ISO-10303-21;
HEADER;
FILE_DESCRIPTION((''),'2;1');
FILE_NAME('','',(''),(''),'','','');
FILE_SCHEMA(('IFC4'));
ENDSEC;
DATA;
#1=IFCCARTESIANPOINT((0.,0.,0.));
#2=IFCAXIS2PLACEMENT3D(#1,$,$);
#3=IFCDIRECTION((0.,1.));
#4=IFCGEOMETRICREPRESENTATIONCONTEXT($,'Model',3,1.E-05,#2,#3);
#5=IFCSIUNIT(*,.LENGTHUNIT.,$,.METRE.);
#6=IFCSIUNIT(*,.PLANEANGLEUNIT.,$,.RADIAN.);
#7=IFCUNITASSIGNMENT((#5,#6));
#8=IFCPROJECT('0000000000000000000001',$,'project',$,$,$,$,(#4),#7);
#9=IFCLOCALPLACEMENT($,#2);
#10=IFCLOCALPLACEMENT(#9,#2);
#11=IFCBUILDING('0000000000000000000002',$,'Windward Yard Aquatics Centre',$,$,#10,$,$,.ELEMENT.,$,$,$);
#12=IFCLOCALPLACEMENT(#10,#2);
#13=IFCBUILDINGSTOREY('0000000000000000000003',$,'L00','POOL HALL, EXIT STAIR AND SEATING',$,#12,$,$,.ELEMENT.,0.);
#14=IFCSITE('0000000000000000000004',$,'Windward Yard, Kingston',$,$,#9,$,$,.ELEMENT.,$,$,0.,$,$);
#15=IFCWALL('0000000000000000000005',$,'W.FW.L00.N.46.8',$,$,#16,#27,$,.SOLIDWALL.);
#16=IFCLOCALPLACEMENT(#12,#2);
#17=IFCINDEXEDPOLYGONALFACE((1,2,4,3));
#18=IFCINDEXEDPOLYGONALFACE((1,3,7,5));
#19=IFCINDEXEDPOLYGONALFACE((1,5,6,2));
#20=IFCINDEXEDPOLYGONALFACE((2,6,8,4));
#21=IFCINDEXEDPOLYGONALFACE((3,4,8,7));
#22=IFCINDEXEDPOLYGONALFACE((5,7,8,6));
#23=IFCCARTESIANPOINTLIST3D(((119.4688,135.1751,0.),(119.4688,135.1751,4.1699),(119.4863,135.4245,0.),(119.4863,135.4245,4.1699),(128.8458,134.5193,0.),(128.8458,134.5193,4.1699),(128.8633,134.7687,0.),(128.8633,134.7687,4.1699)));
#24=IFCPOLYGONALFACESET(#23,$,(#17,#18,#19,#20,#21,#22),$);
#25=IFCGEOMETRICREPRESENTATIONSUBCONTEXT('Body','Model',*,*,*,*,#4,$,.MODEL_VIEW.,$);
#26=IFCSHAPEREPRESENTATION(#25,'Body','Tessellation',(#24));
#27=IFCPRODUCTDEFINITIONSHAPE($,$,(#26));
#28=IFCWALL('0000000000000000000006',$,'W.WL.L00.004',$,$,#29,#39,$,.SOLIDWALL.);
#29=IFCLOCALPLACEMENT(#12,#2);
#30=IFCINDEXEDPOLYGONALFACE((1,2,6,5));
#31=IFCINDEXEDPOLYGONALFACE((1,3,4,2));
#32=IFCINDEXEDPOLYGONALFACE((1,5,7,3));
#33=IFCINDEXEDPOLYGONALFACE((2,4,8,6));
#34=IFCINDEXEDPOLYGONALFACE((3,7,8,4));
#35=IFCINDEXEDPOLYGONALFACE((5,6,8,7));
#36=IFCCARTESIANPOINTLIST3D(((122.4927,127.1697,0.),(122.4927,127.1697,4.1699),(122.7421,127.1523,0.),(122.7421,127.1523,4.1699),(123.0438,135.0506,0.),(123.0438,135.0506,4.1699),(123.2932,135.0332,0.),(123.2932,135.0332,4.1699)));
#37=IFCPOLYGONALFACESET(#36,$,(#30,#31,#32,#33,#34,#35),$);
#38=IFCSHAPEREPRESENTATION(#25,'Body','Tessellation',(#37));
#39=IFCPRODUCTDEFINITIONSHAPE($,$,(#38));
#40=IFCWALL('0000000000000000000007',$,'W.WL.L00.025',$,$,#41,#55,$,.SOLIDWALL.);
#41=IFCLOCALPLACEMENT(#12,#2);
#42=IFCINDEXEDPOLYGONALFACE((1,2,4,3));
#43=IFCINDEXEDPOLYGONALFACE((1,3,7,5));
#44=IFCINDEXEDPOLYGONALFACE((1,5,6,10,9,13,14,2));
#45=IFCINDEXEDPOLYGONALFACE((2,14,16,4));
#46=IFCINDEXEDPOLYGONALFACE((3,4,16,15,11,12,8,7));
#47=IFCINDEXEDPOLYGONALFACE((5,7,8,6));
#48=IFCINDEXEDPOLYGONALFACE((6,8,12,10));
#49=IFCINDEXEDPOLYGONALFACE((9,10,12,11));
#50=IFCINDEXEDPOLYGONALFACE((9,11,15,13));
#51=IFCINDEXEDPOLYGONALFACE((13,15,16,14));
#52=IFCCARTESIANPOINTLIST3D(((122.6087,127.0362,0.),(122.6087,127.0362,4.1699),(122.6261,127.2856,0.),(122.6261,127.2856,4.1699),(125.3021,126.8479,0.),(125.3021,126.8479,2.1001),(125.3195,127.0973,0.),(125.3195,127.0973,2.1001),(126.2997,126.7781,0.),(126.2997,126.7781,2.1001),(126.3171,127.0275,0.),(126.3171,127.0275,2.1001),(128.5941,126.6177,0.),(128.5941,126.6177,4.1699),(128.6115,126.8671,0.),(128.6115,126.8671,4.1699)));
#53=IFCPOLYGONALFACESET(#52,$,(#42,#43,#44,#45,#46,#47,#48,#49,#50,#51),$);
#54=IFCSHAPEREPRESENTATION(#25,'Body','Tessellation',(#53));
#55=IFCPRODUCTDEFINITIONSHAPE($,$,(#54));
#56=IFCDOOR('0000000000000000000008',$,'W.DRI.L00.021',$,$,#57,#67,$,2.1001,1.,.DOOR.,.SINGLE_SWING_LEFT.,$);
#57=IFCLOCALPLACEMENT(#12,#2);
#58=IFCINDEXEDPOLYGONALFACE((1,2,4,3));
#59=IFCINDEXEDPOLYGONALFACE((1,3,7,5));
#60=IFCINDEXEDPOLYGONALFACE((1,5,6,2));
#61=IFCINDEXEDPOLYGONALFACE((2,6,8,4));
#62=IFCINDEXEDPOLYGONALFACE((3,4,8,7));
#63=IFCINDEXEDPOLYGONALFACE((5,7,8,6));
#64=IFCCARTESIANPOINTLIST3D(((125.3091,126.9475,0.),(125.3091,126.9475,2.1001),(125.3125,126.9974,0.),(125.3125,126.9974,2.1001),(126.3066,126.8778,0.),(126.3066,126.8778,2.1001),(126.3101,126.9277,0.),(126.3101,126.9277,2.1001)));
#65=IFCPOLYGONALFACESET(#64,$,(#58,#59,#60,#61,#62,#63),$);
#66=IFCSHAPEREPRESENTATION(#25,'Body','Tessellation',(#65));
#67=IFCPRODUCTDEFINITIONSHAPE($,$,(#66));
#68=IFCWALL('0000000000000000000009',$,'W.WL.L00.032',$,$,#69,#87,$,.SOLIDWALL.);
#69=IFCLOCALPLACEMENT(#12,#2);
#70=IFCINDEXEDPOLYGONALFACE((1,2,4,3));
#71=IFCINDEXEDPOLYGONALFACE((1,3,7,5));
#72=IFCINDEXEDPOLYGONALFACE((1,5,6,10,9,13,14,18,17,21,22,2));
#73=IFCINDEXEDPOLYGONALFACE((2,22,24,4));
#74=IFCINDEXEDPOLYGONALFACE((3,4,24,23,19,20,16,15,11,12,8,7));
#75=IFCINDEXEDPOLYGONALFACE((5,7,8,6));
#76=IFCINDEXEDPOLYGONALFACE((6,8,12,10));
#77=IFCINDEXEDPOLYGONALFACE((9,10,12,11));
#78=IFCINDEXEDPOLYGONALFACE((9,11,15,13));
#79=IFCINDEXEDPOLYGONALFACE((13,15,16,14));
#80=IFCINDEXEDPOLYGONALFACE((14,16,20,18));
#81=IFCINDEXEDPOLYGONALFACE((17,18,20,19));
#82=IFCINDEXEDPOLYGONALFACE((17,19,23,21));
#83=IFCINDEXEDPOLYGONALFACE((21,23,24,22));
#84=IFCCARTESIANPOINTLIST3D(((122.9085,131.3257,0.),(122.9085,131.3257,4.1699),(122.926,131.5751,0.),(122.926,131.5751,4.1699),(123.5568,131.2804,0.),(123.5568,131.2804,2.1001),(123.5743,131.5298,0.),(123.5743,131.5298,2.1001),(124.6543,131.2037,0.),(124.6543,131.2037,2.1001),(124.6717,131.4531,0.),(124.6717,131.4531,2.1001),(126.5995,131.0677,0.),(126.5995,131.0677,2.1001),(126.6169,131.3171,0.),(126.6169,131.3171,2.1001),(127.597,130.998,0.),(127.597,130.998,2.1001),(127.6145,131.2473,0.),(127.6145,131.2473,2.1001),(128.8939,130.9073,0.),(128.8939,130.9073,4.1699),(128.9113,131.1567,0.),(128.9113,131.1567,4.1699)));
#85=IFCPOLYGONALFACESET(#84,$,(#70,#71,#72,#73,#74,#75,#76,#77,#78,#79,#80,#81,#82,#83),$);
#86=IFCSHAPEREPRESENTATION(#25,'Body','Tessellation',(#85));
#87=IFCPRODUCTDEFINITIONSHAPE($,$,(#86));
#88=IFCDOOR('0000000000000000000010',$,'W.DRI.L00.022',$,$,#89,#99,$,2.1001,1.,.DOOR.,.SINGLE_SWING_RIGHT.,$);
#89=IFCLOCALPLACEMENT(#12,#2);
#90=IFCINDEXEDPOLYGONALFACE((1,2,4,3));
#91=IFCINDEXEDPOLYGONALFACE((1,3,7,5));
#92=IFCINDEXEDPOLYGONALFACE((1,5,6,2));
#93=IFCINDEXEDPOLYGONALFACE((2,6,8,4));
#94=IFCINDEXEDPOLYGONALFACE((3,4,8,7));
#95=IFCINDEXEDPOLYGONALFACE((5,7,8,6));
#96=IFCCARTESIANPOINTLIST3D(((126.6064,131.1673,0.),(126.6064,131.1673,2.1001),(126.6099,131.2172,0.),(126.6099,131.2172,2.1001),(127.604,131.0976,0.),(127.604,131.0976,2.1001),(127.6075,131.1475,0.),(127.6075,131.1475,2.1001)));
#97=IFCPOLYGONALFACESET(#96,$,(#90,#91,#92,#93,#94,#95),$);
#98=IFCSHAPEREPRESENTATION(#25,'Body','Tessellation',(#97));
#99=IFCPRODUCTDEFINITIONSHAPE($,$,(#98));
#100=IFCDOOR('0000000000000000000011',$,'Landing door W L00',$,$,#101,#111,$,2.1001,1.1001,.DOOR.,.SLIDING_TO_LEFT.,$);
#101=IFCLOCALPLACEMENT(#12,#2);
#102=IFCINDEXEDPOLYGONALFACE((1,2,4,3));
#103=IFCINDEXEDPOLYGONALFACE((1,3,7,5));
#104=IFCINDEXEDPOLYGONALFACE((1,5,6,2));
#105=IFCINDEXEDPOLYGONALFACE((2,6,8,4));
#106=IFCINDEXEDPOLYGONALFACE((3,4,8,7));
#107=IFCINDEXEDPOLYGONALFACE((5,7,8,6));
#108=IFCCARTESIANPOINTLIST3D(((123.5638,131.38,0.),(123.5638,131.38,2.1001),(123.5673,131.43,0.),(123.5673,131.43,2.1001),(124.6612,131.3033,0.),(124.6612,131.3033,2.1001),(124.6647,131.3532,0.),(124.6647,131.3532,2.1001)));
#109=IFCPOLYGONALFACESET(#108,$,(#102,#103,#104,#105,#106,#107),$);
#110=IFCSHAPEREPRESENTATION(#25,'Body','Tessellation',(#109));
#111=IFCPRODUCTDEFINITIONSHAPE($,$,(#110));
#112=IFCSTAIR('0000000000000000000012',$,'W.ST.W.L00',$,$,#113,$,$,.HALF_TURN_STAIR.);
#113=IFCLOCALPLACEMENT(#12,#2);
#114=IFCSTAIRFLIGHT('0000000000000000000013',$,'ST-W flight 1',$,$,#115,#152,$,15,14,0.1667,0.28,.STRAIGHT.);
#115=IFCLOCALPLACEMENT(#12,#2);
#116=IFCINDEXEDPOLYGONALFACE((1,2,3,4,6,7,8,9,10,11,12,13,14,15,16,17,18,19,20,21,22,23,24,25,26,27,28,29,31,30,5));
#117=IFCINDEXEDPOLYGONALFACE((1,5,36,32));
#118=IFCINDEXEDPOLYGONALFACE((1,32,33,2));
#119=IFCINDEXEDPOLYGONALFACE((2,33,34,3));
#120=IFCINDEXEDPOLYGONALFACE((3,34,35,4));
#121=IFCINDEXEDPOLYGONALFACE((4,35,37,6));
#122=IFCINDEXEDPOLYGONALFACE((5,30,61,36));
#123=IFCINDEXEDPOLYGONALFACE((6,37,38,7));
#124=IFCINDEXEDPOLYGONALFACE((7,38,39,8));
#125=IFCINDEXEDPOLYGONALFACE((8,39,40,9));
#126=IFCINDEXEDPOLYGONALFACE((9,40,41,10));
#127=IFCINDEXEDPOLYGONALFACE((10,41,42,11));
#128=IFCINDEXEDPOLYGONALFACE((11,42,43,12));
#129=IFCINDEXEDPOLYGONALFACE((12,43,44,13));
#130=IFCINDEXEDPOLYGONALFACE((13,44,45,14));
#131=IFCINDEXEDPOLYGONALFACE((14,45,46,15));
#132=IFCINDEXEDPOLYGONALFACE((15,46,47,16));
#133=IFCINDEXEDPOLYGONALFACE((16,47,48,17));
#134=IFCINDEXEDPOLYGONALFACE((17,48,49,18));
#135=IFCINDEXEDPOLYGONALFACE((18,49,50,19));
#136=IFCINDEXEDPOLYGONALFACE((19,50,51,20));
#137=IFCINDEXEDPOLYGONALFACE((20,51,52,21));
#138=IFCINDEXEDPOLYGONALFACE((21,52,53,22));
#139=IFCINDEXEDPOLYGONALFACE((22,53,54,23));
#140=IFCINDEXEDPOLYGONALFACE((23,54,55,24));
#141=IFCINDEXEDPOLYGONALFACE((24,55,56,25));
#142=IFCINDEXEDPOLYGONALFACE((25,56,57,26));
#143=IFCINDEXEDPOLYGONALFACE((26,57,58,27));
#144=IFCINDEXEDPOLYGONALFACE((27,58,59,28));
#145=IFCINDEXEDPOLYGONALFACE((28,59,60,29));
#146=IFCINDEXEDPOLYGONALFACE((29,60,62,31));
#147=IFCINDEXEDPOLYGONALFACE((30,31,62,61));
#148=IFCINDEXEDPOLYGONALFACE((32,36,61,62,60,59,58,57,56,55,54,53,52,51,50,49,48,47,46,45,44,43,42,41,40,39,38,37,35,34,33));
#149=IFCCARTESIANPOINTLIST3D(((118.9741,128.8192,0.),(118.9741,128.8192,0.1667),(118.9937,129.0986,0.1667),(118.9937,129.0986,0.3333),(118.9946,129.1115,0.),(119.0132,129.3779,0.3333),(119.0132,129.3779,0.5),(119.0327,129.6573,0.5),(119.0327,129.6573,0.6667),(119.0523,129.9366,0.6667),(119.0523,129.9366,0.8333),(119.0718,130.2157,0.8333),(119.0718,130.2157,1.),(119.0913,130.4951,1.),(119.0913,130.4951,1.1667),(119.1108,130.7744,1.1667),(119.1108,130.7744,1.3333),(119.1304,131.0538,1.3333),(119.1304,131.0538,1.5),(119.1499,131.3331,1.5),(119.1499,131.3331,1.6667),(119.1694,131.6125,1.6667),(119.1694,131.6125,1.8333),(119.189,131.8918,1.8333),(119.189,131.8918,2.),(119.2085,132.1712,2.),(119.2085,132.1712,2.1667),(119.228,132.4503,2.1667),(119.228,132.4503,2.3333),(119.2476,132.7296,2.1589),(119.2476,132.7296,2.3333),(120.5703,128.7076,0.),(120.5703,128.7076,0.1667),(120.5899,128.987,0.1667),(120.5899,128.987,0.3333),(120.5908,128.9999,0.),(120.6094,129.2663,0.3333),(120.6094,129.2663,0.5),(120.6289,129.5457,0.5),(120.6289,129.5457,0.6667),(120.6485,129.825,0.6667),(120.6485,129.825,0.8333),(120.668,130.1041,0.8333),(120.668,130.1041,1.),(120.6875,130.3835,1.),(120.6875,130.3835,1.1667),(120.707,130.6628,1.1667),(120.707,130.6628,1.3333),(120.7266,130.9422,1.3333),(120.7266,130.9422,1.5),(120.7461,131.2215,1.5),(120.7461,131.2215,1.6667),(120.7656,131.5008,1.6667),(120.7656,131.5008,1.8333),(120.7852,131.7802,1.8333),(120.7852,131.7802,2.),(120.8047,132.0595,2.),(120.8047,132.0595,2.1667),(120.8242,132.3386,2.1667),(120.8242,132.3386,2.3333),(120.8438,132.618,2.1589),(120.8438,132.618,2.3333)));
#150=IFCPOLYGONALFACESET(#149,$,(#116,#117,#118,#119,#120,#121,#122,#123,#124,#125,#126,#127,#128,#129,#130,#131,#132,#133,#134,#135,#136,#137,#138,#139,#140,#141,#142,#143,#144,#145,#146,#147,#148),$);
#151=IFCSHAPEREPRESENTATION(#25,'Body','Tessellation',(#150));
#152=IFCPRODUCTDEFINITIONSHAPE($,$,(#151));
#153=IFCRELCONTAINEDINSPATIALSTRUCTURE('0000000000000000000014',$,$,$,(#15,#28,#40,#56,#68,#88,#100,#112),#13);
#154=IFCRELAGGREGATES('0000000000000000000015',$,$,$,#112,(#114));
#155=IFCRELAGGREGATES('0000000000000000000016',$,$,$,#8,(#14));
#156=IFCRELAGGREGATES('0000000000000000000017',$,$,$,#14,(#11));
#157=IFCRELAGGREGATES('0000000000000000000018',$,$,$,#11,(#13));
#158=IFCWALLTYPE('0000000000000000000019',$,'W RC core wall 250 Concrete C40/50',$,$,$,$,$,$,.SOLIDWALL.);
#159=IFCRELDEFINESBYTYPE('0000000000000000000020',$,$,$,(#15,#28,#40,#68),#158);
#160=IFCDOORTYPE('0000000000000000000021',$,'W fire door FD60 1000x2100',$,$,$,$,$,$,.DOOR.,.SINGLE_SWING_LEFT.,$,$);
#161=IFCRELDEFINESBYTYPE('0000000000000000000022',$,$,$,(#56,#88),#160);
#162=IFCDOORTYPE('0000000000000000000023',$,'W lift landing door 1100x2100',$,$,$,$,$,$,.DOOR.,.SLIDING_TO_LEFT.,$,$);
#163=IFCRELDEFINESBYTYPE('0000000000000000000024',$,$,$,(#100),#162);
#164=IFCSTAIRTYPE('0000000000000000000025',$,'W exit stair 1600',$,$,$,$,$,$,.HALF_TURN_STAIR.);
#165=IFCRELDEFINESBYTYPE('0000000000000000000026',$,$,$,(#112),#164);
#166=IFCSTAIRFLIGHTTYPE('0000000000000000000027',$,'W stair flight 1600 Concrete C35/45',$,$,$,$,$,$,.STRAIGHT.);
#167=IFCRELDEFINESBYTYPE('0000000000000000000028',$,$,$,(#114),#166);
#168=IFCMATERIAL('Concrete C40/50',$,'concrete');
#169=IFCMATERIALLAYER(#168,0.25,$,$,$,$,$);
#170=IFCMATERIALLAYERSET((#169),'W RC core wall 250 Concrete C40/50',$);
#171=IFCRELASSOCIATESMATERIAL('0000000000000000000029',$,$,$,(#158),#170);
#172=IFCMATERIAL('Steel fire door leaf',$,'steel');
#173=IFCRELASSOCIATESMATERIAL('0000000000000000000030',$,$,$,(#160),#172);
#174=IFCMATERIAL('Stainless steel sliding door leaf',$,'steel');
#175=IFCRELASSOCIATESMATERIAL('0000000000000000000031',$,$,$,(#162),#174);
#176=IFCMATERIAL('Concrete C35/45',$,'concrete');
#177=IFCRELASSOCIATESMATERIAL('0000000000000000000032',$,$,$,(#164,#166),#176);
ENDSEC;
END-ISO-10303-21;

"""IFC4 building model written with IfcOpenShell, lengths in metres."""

from ifc_helpers import new_model, si_unit, direction, frame, frame_2d, origin, place, context, subcontext, project, spatial, polyline, rectangle, outline, extrude, material, layer, layer_set, type_object, element, fill, aggregate, save


model = new_model("IFC4")

# Units and contexts
model_context = context("Model", 3, precision=1e-05, world=origin(), true_north=direction((0.0, 1.0)))
body_context = subcontext(model_context, "Body", "Model", "MODEL_VIEW")
ifc_project = project(units=[si_unit("LENGTHUNIT", "METRE"), si_unit("PLANEANGLEUNIT", "RADIAN")], contexts=[model_context])

# Site, building, storey
site_placement = place(None, origin())
site = spatial("IfcSite", under=ifc_project, at=site_placement, Name="Windward Yard, Kingston", CompositionType="ELEMENT", RefElevation=0.0)
building_placement = place(site_placement, origin())
building = spatial("IfcBuilding", under=site, at=building_placement, Name="Windward Yard Aquatics Centre", CompositionType="ELEMENT")
storey_placement = place(building_placement, origin())
storey = spatial("IfcBuildingStorey", under=building, at=storey_placement, Name="L00", Description="POOL HALL, EXIT STAIR AND SEATING", CompositionType="ELEMENT", Elevation=0.0)

# Shared definitions
ifc_material_1 = material(Name="Concrete C35/45", Category="concrete")

# Walls
ifc_material_2 = material(Name="Concrete C40/50", Category="concrete")
ifc_layer = layer(ifc_material_2, 0.25)
ifc_layer_set = layer_set([ifc_layer], Name="W RC core wall 250 Concrete C40/50")
wall_type = type_object("IfcWallType", Name="W RC core wall 250 Concrete C40/50", PredefinedType="SOLIDWALL", material=ifc_layer_set)
wall_1_placement = place(storey_placement, frame((119.4775, 135.2998, 0.0), z_axis=(0.0, 0.0, 1.0), x_axis=(0.997564, -0.069763, 0.0)))
element("IfcWall", 1, at=wall_1_placement, inside=storey, type_object=wall_type, Name="W.FW.L00.N.46.8", PredefinedType="SOLIDWALL", context=body_context, shape_type="SweptSolid", body=[
    extrude(rectangle(XDim=9.3999, YDim=0.25, at=frame_2d((4.7, 0.0))), origin(), (0.0, 0.0, 1.0), 4.1699),
])
wall_2_placement = place(storey_placement, frame((122.6174, 127.1609, 0.0), z_axis=(0.0, 0.0, 1.0), x_axis=(0.069749, 0.997565, 0.0)))
element("IfcWall", 2, at=wall_2_placement, inside=storey, type_object=wall_type, Name="W.WL.L00.004", PredefinedType="SOLIDWALL", context=body_context, shape_type="SweptSolid", body=[
    extrude(rectangle(XDim=7.9001, YDim=0.25, at=frame_2d((3.9502, 0.0))), origin(), (0.0, 0.0, 1.0), 4.1699),
])

# Wall, opening, door
wall_3_placement = place(storey_placement, frame((122.6174, 127.1609, 0.0), z_axis=(0.0, 0.0, 1.0), x_axis=(0.997565, -0.069743, 0.0)))
wall_3 = element("IfcWall", 3, at=wall_3_placement, inside=storey, type_object=wall_type, Name="W.WL.L00.025", PredefinedType="SOLIDWALL", context=body_context, shape_type="SweptSolid", body=[
    extrude(rectangle(XDim=6.0, YDim=0.25, at=frame_2d((3.0, 0.0))), origin(), (0.0, 0.0, 1.0), 4.1699),
])
opening_1_placement = place(wall_3_placement, frame((2.7, 0.0, 0.0)))
opening_1 = element("IfcOpeningElement", 4, at=opening_1_placement, cuts=wall_3, PredefinedType="OPENING", context=body_context, shape_type="SweptSolid", body=[
    extrude(rectangle(XDim=1.0, YDim=2.1001, at=frame_2d((0.5, 1.05))), frame((0.0, 0.135, 0.0), z_axis=(0.0, -1.0, 0.0), x_axis=(1.0, 0.0, 0.0)), (0.0, 0.0, 1.0), 0.27),
])
ifc_material_3 = material(Name="Steel fire door leaf", Category="steel")
door_type_1 = type_object("IfcDoorType", Name="W fire door FD60 1000x2100", OperationType="SINGLE_SWING_LEFT", PredefinedType="DOOR", material=ifc_material_3)
door_1_placement = place(opening_1_placement, origin())
door_1 = element("IfcDoor", 5, at=door_1_placement, inside=storey, type_object=door_type_1, Name="W.DRI.L00.021", OperationType="SINGLE_SWING_LEFT", OverallHeight=2.1001, OverallWidth=1.0, PredefinedType="DOOR", context=body_context, shape_type="SweptSolid", body=[
    extrude(rectangle(XDim=1.0, YDim=2.1001, at=frame_2d((0.5, 1.05))), frame((0.0, 0.0249, 0.0), z_axis=(0.0, -1.0, 0.0), x_axis=(1.0, 0.0, 0.0)), (0.0, 0.0, 1.0), 0.05),
])
fill(opening_1, door_1)

# Wall, openings, doors
wall_4_placement = place(storey_placement, frame((122.9172, 131.4504, 0.0), z_axis=(0.0, 0.0, 1.0), x_axis=(0.997565, -0.069743, 0.0)))
wall_4 = element("IfcWall", 6, at=wall_4_placement, inside=storey, type_object=wall_type, Name="W.WL.L00.032", PredefinedType="SOLIDWALL", context=body_context, shape_type="SweptSolid", body=[
    extrude(rectangle(XDim=6.0, YDim=0.25, at=frame_2d((3.0, 0.0))), origin(), (0.0, 0.0, 1.0), 4.1699),
])
opening_2_placement = place(wall_4_placement, frame((3.7, 0.0, 0.0)))
opening_2 = element("IfcOpeningElement", 7, at=opening_2_placement, cuts=wall_4, PredefinedType="OPENING", context=body_context, shape_type="SweptSolid", body=[
    extrude(rectangle(XDim=1.0, YDim=2.1001, at=frame_2d((0.5, 1.05))), frame((0.0, 0.135, 0.0), z_axis=(0.0, -1.0, 0.0), x_axis=(1.0, 0.0, 0.0)), (0.0, 0.0, 1.0), 0.27),
])
opening_3_placement = place(wall_4_placement, frame((0.6499, 0.0, 0.0)))
opening_3 = element("IfcOpeningElement", 8, at=opening_3_placement, cuts=wall_4, PredefinedType="OPENING", context=body_context, shape_type="SweptSolid", body=[
    extrude(rectangle(XDim=1.1001, YDim=2.1001, at=frame_2d((0.55, 1.05))), frame((0.0, 0.135, 0.0), z_axis=(0.0, -1.0, 0.0), x_axis=(1.0, 0.0, 0.0)), (0.0, 0.0, 1.0), 0.27),
])
door_2_placement = place(opening_2_placement, origin())
door_2 = element("IfcDoor", 9, at=door_2_placement, inside=storey, type_object=door_type_1, Name="W.DRI.L00.022", OperationType="SINGLE_SWING_RIGHT", OverallHeight=2.1001, OverallWidth=1.0, PredefinedType="DOOR", context=body_context, shape_type="SweptSolid", body=[
    extrude(rectangle(XDim=1.0, YDim=2.1001, at=frame_2d((0.5, 1.05))), frame((0.0, 0.0249, 0.0), z_axis=(0.0, -1.0, 0.0), x_axis=(1.0, 0.0, 0.0)), (0.0, 0.0, 1.0), 0.05),
])
fill(opening_2, door_2)
ifc_material_4 = material(Name="Stainless steel sliding door leaf", Category="steel")
door_type_2 = type_object("IfcDoorType", Name="W lift landing door 1100x2100", OperationType="SLIDING_TO_LEFT", PredefinedType="DOOR", material=ifc_material_4)
door_3_placement = place(opening_3_placement, origin())
door_3 = element("IfcDoor", 10, at=door_3_placement, inside=storey, type_object=door_type_2, Name="Landing door W L00", OperationType="SLIDING_TO_LEFT", OverallHeight=2.1001, OverallWidth=1.1001, PredefinedType="DOOR", context=body_context, shape_type="SweptSolid", body=[
    extrude(rectangle(XDim=1.1001, YDim=2.1001, at=frame_2d((0.55, 1.05))), frame((0.0, 0.0249, 0.0), z_axis=(0.0, -1.0, 0.0), x_axis=(1.0, 0.0, 0.0)), (0.0, 0.0, 1.0), 0.05),
])
fill(opening_3, door_3)

# Stair, stair flight
stair_type = type_object("IfcStairType", Name="W exit stair 1600", PredefinedType="HALF_TURN_STAIR", material=ifc_material_1)
stair_placement = place(storey_placement, origin())
stair = element("IfcStair", 11, at=stair_placement, inside=storey, type_object=stair_type, Name="W.ST.W.L00", PredefinedType="HALF_TURN_STAIR")
stair_flight_type = type_object("IfcStairFlightType", Name="W stair flight 1600 Concrete C35/45", PredefinedType="STRAIGHT", material=ifc_material_1)
stair_flight_1_placement = place(storey_placement, frame((119.7722, 128.7634, 0.0), z_axis=(0.0, 0.0, 1.0), x_axis=(0.069756, 0.997564, 0.0)))
stair_flight_1 = element("IfcStairFlight", 12, at=stair_flight_1_placement, type_object=stair_flight_type, Name="ST-W flight 1", NumberOfRisers=15, NumberOfTreads=14, PredefinedType="STRAIGHT", RiserHeight=0.1667, TreadLength=0.28, context=body_context, shape_type="SweptSolid", body=[
    extrude(outline(polyline([(0.0, 0.0), (0.0, 0.1667), (0.28, 0.1667), (0.28, 0.3333), (0.5601, 0.3333), (0.5601, 0.5), (0.8401, 0.5), (0.8401, 0.6667), (1.1201, 0.6667), (1.1201, 0.8333), (1.3999, 0.8333), (1.3999, 1.0), (1.6799, 1.0), (1.6799, 1.1667), (1.96, 1.1667), (1.96, 1.3333), (2.24, 1.3333), (2.24, 1.5), (2.52, 1.5), (2.52, 1.6667), (2.8, 1.6667), (2.8, 1.8333), (3.0801, 1.8333), (3.0801, 2.0), (3.3601, 2.0), (3.3601, 2.1667), (3.6399, 2.1667), (3.6399, 2.3333), (3.9199, 2.3333), (3.9199, 2.5), (3.9199, 2.1589), (0.293, 0.0), (0.0, 0.0)])), frame((0.0, 0.8, 0.0), z_axis=(0.0, -1.0, 0.0), x_axis=(1.0, 0.0, 0.0)), (0.0, 0.0, 1.0), 1.6001),
])
aggregate(stair, [stair_flight_1])

save(model, "model.ifc")
